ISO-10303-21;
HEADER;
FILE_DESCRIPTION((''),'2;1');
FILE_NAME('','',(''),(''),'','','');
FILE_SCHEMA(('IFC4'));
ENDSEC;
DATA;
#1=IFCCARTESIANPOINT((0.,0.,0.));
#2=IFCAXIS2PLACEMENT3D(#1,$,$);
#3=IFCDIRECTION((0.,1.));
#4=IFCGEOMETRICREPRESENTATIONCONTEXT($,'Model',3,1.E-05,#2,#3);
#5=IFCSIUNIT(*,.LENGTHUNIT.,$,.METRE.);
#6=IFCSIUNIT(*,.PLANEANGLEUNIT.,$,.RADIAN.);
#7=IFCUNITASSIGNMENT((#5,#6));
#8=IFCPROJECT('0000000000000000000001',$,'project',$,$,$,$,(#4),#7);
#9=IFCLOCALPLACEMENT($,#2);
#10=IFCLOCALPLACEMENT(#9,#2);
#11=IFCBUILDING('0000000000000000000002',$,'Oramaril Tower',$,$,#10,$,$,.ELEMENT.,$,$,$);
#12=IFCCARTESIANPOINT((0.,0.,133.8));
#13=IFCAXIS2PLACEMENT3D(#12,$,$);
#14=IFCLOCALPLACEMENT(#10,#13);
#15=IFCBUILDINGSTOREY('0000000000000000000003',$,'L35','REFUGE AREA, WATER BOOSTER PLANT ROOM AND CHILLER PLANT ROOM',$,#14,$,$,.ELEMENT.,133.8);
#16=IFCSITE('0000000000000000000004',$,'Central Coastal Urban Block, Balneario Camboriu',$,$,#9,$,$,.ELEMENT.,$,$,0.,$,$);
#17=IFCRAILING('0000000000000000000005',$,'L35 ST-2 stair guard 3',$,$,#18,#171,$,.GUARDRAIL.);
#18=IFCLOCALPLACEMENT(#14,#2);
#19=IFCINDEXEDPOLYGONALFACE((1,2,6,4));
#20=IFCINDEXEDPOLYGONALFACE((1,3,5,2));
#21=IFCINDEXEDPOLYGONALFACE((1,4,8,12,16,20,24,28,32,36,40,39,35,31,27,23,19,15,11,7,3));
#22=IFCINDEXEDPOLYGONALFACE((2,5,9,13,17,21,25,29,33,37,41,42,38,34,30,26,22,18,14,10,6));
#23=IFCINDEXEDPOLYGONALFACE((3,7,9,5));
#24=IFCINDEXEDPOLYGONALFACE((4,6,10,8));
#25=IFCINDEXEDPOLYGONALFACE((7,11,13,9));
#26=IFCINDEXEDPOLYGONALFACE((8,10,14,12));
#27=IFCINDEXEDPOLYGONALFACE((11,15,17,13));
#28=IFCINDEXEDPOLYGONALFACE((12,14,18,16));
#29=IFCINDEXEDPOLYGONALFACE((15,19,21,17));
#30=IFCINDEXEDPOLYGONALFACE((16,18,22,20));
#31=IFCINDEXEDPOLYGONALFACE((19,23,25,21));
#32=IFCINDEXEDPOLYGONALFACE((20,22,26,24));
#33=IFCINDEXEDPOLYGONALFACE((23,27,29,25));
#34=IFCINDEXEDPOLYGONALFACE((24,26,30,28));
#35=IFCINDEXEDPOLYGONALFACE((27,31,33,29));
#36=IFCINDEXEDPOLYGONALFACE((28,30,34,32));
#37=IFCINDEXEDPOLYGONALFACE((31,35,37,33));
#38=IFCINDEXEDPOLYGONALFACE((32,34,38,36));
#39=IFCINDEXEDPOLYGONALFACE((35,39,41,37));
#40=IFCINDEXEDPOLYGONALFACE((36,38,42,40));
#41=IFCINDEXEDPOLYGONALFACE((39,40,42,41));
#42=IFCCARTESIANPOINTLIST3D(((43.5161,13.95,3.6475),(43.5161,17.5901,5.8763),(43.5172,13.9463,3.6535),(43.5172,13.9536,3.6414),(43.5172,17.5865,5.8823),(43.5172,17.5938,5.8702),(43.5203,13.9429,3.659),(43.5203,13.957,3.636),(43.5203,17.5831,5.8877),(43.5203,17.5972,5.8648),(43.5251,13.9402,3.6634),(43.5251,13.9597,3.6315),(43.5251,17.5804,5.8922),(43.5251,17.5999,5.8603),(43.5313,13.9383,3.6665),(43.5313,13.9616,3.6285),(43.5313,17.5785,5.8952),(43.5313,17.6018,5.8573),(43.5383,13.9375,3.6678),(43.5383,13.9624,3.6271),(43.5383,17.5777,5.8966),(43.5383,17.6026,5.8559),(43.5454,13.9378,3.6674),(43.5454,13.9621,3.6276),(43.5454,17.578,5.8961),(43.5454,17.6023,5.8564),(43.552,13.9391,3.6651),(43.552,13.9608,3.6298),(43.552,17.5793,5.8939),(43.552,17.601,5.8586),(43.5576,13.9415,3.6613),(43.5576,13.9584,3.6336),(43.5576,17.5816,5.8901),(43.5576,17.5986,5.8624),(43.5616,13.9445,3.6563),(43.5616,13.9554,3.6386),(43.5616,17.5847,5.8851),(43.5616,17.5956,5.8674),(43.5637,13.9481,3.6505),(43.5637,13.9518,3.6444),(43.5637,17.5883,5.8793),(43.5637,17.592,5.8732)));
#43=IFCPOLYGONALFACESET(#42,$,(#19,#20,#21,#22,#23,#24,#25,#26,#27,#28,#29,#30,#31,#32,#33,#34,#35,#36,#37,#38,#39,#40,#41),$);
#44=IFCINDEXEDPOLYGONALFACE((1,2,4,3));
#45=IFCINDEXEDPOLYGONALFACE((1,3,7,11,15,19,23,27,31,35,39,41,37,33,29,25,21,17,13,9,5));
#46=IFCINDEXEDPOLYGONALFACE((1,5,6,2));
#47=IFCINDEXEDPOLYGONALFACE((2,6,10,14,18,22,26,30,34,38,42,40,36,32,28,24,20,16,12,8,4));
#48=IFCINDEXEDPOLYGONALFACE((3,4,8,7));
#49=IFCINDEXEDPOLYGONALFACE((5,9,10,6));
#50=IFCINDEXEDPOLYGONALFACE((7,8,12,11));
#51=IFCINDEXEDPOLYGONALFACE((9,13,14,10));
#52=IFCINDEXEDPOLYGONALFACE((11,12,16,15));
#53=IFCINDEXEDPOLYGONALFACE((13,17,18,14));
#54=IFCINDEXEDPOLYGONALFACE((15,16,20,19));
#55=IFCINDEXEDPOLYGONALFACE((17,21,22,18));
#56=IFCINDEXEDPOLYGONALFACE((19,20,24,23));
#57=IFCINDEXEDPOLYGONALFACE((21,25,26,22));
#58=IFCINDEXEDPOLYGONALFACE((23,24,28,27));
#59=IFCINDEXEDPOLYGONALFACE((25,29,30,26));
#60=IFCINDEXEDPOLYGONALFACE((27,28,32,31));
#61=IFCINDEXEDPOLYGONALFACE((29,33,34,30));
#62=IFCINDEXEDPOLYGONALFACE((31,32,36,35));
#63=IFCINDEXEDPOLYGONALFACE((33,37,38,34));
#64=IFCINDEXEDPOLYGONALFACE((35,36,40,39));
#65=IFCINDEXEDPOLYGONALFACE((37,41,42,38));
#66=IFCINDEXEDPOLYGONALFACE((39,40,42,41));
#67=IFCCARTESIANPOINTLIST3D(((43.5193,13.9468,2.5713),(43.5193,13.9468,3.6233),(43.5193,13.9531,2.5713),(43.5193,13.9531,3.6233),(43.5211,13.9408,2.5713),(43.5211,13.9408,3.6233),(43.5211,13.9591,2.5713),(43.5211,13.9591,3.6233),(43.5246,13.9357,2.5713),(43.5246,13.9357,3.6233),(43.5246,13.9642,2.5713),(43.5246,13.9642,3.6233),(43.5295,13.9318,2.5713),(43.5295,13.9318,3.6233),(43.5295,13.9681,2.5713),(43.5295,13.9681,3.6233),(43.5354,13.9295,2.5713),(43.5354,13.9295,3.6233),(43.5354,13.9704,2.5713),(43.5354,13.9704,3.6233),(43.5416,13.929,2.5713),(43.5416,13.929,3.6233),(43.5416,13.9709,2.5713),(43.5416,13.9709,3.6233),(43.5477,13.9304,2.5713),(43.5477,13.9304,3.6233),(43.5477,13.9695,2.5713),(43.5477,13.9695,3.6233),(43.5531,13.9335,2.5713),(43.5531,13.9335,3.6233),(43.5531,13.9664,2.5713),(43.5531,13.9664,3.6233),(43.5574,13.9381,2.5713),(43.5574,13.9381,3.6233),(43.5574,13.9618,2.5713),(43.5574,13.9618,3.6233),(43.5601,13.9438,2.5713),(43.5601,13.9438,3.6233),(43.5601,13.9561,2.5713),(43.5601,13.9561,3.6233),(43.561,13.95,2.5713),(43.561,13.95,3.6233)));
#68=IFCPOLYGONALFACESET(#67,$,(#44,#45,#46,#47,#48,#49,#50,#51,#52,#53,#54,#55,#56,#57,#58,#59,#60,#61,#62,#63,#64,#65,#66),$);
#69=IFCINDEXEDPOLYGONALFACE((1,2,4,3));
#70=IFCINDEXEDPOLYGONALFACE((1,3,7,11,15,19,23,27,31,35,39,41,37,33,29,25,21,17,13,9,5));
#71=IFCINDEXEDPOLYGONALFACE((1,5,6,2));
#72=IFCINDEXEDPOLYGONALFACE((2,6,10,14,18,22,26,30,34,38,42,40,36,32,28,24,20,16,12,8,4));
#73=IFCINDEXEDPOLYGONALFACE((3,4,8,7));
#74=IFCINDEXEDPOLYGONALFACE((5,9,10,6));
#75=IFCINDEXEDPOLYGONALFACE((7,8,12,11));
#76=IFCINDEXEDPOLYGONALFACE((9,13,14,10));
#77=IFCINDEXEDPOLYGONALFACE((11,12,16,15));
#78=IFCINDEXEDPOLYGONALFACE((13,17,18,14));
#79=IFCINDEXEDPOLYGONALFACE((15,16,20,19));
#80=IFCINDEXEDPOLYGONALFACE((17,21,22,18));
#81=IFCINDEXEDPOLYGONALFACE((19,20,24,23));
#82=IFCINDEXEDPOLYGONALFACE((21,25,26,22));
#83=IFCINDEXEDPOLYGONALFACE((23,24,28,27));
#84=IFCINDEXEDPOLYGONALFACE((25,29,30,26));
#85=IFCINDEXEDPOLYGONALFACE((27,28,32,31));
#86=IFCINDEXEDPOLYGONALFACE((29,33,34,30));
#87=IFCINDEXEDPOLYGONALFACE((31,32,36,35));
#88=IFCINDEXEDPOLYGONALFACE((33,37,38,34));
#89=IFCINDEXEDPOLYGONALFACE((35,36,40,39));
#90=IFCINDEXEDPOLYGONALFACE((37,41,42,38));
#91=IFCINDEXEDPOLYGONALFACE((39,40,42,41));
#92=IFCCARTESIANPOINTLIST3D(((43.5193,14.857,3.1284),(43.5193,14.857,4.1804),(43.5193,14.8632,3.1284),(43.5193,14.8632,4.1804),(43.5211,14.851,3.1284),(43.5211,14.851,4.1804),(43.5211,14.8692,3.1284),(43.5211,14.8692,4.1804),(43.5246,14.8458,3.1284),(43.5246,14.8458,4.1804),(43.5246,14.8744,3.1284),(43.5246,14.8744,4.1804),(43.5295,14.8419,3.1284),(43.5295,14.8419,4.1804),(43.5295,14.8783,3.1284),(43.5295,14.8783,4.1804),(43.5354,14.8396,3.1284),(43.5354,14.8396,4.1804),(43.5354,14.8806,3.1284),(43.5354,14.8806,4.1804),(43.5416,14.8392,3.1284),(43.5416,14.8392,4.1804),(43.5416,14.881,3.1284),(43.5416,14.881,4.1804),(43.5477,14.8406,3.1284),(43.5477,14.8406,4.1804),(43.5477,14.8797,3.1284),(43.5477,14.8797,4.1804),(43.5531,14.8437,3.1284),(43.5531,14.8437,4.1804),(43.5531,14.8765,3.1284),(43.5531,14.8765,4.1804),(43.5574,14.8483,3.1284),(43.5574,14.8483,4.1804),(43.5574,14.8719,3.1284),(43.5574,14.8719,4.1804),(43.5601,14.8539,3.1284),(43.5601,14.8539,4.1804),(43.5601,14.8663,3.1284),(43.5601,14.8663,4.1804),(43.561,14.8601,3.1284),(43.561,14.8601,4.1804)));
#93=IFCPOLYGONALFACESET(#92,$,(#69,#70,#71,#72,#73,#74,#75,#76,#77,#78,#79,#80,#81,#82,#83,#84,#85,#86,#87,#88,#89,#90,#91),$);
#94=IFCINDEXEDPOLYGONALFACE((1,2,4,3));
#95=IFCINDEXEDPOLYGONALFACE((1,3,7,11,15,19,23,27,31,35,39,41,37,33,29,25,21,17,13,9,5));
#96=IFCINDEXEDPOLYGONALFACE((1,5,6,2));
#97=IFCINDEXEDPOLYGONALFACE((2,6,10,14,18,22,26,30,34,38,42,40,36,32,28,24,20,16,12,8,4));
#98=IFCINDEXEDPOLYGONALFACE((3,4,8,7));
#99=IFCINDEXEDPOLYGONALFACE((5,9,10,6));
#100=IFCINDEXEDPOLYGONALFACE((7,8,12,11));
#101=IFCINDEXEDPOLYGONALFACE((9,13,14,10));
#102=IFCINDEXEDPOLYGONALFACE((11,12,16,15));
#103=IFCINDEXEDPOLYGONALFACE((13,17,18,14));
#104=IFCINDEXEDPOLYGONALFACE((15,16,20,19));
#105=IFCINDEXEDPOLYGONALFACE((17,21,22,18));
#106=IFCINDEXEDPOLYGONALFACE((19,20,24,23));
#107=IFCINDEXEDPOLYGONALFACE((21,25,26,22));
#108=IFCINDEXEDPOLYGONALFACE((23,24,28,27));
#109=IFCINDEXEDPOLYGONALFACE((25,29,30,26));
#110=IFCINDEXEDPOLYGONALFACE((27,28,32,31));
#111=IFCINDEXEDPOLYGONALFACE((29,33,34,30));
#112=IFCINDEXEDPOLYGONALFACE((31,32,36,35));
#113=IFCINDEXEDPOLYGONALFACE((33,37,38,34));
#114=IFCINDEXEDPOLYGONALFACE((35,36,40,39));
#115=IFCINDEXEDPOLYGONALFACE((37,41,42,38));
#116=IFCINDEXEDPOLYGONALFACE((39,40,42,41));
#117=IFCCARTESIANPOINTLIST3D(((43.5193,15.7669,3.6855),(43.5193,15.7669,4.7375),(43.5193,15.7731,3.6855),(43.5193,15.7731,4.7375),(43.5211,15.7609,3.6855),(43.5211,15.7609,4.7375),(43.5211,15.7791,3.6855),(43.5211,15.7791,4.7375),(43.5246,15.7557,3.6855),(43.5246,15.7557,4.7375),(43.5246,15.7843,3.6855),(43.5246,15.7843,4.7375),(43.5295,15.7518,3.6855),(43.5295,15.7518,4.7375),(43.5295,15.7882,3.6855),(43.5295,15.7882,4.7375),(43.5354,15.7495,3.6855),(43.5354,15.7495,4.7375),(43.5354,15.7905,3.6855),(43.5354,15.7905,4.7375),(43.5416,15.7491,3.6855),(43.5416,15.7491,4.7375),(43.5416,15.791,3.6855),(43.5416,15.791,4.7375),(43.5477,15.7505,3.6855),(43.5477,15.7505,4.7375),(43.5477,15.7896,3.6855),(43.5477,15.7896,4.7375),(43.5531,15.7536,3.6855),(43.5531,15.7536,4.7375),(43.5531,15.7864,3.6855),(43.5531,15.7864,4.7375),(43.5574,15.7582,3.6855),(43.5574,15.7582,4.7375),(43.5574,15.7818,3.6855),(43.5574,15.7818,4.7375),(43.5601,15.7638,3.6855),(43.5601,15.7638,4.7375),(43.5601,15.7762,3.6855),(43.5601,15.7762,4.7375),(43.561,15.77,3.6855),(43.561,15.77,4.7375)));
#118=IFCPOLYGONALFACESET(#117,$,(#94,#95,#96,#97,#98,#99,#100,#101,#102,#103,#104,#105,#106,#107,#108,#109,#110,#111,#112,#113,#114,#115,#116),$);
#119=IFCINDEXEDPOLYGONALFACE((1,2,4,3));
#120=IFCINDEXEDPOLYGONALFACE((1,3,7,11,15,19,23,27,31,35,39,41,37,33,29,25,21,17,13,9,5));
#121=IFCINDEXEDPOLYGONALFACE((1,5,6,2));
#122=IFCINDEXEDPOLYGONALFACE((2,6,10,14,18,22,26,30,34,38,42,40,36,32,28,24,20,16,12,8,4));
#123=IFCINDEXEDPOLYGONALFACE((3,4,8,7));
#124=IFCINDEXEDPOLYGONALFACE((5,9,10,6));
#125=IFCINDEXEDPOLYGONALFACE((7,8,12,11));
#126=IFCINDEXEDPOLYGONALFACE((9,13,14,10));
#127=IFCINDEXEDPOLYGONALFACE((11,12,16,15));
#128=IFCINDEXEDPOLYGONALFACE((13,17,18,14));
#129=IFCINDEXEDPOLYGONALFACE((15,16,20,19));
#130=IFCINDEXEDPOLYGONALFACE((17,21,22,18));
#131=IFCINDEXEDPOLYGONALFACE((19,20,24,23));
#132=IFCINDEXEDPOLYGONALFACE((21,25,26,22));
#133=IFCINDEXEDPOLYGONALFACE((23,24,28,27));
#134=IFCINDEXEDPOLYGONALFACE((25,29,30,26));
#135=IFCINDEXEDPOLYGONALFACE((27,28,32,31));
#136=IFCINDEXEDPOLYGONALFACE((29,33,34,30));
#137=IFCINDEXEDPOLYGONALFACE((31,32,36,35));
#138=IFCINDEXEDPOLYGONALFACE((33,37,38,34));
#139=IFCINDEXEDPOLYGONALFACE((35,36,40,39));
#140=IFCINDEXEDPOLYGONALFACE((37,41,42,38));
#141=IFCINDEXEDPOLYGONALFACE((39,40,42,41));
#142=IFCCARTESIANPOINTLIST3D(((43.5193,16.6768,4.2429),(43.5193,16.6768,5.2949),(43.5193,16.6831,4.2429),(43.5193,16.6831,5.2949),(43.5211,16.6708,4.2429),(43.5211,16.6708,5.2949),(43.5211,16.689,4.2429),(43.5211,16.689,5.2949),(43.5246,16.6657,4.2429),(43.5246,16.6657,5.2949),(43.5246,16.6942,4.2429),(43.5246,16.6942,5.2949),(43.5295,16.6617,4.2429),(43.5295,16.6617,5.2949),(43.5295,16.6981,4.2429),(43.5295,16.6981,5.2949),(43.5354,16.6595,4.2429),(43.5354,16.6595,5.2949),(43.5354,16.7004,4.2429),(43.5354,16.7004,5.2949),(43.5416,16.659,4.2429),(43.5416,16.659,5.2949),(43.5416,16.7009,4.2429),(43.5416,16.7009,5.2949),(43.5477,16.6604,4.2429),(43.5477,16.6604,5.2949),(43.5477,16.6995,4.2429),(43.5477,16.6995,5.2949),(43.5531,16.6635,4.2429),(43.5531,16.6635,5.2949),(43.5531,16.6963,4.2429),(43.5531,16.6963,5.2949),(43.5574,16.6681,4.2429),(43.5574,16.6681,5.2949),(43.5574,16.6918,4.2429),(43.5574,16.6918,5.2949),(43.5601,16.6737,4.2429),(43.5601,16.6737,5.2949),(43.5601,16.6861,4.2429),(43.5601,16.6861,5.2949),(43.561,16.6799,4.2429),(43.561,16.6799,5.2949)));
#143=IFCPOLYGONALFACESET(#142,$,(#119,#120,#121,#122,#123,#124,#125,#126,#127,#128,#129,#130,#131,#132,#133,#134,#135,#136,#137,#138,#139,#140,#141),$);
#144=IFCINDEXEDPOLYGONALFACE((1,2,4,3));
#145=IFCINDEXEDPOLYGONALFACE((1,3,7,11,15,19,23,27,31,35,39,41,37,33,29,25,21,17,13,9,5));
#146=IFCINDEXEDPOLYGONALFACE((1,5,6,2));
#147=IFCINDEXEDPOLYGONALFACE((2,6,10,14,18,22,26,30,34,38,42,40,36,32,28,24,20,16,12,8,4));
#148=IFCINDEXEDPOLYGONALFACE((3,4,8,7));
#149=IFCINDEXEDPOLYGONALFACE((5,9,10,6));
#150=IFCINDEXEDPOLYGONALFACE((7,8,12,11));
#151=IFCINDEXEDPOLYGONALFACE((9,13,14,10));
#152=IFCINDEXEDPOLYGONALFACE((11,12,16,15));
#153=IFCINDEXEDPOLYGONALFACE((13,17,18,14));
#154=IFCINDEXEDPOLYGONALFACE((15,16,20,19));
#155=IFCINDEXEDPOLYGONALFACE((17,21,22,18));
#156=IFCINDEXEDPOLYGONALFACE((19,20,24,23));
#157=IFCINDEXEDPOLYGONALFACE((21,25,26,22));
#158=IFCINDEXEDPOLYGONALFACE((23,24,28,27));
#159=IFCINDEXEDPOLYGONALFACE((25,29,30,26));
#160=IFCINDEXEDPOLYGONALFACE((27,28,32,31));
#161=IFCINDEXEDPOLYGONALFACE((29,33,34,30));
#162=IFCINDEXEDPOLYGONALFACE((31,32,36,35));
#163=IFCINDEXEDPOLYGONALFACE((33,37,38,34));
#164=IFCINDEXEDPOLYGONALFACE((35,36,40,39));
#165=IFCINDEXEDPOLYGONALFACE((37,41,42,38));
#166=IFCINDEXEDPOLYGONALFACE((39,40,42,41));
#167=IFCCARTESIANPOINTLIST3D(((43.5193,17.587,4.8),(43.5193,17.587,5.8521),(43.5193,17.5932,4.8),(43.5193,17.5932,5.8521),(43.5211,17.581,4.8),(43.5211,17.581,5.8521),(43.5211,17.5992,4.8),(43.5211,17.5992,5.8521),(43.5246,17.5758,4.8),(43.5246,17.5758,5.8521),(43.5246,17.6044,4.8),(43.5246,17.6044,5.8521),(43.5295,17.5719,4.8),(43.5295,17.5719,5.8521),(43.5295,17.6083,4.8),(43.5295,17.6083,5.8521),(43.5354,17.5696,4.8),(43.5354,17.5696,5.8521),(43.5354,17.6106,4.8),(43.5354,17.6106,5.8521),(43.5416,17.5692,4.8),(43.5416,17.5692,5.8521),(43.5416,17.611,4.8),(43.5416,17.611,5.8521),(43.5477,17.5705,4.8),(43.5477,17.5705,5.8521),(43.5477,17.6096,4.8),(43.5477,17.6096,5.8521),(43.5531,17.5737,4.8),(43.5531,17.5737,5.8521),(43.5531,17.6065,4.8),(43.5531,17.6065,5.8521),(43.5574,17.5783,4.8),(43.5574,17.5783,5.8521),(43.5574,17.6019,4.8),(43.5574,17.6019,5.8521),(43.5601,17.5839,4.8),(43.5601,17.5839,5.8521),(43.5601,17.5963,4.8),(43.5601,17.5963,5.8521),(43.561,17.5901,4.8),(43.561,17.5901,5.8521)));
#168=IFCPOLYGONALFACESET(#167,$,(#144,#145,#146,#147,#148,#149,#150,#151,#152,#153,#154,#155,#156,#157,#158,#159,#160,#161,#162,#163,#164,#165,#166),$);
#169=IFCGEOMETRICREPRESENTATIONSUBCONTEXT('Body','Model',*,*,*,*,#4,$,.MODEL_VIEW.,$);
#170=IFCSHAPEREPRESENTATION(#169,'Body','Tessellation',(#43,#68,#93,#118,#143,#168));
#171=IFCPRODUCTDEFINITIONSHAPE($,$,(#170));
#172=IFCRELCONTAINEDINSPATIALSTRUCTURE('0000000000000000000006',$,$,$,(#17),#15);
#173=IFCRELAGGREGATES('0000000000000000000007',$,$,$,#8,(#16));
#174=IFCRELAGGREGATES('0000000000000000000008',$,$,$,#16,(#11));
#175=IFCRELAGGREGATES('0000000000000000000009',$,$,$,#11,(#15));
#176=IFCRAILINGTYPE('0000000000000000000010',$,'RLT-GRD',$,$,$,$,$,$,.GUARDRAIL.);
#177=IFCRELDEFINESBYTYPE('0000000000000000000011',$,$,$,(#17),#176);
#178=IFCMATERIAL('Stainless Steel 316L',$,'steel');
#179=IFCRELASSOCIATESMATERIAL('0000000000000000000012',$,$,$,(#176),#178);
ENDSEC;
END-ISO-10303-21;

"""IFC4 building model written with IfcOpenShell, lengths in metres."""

from ifc_helpers import new_model, si_unit, direction, frame, origin, origin_2d, place, context, subcontext, project, spatial, circle, extrude, material, type_object, element, save


model = new_model("IFC4")

# Units and contexts
model_context = context("Model", 3, precision=1e-05, world=origin(), true_north=direction((0.0, 1.0)))
body_context = subcontext(model_context, "Body", "Model", "MODEL_VIEW")
ifc_project = project(units=[si_unit("LENGTHUNIT", "METRE"), si_unit("PLANEANGLEUNIT", "RADIAN")], contexts=[model_context])

# Site, building, storey
site_placement = place(None, origin())
site = spatial("IfcSite", under=ifc_project, at=site_placement, Name="Central Coastal Urban Block, Balneario Camboriu", CompositionType="ELEMENT", RefElevation=0.0)
building_placement = place(site_placement, origin())
building = spatial("IfcBuilding", under=site, at=building_placement, Name="Oramaril Tower", CompositionType="ELEMENT")
storey_placement = place(building_placement, frame((0.0, 0.0, 133.8)))
storey = spatial("IfcBuildingStorey", under=building, at=storey_placement, Name="L35", Description="REFUGE AREA, WATER BOOSTER PLANT ROOM AND CHILLER PLANT ROOM", CompositionType="ELEMENT", Elevation=133.8)

# Railing
ifc_material_1 = material(Name="Stainless Steel 316L", Category="steel")
railing_type_1 = type_object("IfcRailingType", Name="RLT-GRD", PredefinedType="GUARDRAIL", material=ifc_material_1)
railing_1_placement = place(storey_placement, frame((43.54, 13.95, 2.5713)))
element("IfcRailing", 1, at=railing_1_placement, inside=storey, type_object=railing_type_1, Name="L35 ST-2 stair guard 3", PredefinedType="GUARDRAIL", context=body_context, shape_type="SweptSolid", body=[
    extrude(circle(Radius=0.0239, at=origin_2d()), frame((0.0, 0.0, 1.0762), z_axis=(0.0, 0.85284, 0.522172), x_axis=(-1.0, 0.0, 0.0)), (0.0, 0.0, 1.0), 4.2683),
    extrude(circle(Radius=0.021, at=origin_2d()), origin(), (0.0, 0.0, 1.0), 1.052),
    extrude(circle(Radius=0.021, at=origin_2d()), frame((0.0, 0.9102, 0.5571)), (0.0, 0.0, 1.0), 1.052),
    extrude(circle(Radius=0.021, at=origin_2d()), frame((0.0, 1.8201, 1.1143)), (0.0, 0.0, 1.0), 1.052),
    extrude(circle(Radius=0.021, at=origin_2d()), frame((0.0, 2.73, 1.6716)), (0.0, 0.0, 1.0), 1.052),
    extrude(circle(Radius=0.021, at=origin_2d()), frame((0.0, 3.6401, 2.2288)), (0.0, 0.0, 1.0), 1.052),
])

save(model, "model.ifc")
